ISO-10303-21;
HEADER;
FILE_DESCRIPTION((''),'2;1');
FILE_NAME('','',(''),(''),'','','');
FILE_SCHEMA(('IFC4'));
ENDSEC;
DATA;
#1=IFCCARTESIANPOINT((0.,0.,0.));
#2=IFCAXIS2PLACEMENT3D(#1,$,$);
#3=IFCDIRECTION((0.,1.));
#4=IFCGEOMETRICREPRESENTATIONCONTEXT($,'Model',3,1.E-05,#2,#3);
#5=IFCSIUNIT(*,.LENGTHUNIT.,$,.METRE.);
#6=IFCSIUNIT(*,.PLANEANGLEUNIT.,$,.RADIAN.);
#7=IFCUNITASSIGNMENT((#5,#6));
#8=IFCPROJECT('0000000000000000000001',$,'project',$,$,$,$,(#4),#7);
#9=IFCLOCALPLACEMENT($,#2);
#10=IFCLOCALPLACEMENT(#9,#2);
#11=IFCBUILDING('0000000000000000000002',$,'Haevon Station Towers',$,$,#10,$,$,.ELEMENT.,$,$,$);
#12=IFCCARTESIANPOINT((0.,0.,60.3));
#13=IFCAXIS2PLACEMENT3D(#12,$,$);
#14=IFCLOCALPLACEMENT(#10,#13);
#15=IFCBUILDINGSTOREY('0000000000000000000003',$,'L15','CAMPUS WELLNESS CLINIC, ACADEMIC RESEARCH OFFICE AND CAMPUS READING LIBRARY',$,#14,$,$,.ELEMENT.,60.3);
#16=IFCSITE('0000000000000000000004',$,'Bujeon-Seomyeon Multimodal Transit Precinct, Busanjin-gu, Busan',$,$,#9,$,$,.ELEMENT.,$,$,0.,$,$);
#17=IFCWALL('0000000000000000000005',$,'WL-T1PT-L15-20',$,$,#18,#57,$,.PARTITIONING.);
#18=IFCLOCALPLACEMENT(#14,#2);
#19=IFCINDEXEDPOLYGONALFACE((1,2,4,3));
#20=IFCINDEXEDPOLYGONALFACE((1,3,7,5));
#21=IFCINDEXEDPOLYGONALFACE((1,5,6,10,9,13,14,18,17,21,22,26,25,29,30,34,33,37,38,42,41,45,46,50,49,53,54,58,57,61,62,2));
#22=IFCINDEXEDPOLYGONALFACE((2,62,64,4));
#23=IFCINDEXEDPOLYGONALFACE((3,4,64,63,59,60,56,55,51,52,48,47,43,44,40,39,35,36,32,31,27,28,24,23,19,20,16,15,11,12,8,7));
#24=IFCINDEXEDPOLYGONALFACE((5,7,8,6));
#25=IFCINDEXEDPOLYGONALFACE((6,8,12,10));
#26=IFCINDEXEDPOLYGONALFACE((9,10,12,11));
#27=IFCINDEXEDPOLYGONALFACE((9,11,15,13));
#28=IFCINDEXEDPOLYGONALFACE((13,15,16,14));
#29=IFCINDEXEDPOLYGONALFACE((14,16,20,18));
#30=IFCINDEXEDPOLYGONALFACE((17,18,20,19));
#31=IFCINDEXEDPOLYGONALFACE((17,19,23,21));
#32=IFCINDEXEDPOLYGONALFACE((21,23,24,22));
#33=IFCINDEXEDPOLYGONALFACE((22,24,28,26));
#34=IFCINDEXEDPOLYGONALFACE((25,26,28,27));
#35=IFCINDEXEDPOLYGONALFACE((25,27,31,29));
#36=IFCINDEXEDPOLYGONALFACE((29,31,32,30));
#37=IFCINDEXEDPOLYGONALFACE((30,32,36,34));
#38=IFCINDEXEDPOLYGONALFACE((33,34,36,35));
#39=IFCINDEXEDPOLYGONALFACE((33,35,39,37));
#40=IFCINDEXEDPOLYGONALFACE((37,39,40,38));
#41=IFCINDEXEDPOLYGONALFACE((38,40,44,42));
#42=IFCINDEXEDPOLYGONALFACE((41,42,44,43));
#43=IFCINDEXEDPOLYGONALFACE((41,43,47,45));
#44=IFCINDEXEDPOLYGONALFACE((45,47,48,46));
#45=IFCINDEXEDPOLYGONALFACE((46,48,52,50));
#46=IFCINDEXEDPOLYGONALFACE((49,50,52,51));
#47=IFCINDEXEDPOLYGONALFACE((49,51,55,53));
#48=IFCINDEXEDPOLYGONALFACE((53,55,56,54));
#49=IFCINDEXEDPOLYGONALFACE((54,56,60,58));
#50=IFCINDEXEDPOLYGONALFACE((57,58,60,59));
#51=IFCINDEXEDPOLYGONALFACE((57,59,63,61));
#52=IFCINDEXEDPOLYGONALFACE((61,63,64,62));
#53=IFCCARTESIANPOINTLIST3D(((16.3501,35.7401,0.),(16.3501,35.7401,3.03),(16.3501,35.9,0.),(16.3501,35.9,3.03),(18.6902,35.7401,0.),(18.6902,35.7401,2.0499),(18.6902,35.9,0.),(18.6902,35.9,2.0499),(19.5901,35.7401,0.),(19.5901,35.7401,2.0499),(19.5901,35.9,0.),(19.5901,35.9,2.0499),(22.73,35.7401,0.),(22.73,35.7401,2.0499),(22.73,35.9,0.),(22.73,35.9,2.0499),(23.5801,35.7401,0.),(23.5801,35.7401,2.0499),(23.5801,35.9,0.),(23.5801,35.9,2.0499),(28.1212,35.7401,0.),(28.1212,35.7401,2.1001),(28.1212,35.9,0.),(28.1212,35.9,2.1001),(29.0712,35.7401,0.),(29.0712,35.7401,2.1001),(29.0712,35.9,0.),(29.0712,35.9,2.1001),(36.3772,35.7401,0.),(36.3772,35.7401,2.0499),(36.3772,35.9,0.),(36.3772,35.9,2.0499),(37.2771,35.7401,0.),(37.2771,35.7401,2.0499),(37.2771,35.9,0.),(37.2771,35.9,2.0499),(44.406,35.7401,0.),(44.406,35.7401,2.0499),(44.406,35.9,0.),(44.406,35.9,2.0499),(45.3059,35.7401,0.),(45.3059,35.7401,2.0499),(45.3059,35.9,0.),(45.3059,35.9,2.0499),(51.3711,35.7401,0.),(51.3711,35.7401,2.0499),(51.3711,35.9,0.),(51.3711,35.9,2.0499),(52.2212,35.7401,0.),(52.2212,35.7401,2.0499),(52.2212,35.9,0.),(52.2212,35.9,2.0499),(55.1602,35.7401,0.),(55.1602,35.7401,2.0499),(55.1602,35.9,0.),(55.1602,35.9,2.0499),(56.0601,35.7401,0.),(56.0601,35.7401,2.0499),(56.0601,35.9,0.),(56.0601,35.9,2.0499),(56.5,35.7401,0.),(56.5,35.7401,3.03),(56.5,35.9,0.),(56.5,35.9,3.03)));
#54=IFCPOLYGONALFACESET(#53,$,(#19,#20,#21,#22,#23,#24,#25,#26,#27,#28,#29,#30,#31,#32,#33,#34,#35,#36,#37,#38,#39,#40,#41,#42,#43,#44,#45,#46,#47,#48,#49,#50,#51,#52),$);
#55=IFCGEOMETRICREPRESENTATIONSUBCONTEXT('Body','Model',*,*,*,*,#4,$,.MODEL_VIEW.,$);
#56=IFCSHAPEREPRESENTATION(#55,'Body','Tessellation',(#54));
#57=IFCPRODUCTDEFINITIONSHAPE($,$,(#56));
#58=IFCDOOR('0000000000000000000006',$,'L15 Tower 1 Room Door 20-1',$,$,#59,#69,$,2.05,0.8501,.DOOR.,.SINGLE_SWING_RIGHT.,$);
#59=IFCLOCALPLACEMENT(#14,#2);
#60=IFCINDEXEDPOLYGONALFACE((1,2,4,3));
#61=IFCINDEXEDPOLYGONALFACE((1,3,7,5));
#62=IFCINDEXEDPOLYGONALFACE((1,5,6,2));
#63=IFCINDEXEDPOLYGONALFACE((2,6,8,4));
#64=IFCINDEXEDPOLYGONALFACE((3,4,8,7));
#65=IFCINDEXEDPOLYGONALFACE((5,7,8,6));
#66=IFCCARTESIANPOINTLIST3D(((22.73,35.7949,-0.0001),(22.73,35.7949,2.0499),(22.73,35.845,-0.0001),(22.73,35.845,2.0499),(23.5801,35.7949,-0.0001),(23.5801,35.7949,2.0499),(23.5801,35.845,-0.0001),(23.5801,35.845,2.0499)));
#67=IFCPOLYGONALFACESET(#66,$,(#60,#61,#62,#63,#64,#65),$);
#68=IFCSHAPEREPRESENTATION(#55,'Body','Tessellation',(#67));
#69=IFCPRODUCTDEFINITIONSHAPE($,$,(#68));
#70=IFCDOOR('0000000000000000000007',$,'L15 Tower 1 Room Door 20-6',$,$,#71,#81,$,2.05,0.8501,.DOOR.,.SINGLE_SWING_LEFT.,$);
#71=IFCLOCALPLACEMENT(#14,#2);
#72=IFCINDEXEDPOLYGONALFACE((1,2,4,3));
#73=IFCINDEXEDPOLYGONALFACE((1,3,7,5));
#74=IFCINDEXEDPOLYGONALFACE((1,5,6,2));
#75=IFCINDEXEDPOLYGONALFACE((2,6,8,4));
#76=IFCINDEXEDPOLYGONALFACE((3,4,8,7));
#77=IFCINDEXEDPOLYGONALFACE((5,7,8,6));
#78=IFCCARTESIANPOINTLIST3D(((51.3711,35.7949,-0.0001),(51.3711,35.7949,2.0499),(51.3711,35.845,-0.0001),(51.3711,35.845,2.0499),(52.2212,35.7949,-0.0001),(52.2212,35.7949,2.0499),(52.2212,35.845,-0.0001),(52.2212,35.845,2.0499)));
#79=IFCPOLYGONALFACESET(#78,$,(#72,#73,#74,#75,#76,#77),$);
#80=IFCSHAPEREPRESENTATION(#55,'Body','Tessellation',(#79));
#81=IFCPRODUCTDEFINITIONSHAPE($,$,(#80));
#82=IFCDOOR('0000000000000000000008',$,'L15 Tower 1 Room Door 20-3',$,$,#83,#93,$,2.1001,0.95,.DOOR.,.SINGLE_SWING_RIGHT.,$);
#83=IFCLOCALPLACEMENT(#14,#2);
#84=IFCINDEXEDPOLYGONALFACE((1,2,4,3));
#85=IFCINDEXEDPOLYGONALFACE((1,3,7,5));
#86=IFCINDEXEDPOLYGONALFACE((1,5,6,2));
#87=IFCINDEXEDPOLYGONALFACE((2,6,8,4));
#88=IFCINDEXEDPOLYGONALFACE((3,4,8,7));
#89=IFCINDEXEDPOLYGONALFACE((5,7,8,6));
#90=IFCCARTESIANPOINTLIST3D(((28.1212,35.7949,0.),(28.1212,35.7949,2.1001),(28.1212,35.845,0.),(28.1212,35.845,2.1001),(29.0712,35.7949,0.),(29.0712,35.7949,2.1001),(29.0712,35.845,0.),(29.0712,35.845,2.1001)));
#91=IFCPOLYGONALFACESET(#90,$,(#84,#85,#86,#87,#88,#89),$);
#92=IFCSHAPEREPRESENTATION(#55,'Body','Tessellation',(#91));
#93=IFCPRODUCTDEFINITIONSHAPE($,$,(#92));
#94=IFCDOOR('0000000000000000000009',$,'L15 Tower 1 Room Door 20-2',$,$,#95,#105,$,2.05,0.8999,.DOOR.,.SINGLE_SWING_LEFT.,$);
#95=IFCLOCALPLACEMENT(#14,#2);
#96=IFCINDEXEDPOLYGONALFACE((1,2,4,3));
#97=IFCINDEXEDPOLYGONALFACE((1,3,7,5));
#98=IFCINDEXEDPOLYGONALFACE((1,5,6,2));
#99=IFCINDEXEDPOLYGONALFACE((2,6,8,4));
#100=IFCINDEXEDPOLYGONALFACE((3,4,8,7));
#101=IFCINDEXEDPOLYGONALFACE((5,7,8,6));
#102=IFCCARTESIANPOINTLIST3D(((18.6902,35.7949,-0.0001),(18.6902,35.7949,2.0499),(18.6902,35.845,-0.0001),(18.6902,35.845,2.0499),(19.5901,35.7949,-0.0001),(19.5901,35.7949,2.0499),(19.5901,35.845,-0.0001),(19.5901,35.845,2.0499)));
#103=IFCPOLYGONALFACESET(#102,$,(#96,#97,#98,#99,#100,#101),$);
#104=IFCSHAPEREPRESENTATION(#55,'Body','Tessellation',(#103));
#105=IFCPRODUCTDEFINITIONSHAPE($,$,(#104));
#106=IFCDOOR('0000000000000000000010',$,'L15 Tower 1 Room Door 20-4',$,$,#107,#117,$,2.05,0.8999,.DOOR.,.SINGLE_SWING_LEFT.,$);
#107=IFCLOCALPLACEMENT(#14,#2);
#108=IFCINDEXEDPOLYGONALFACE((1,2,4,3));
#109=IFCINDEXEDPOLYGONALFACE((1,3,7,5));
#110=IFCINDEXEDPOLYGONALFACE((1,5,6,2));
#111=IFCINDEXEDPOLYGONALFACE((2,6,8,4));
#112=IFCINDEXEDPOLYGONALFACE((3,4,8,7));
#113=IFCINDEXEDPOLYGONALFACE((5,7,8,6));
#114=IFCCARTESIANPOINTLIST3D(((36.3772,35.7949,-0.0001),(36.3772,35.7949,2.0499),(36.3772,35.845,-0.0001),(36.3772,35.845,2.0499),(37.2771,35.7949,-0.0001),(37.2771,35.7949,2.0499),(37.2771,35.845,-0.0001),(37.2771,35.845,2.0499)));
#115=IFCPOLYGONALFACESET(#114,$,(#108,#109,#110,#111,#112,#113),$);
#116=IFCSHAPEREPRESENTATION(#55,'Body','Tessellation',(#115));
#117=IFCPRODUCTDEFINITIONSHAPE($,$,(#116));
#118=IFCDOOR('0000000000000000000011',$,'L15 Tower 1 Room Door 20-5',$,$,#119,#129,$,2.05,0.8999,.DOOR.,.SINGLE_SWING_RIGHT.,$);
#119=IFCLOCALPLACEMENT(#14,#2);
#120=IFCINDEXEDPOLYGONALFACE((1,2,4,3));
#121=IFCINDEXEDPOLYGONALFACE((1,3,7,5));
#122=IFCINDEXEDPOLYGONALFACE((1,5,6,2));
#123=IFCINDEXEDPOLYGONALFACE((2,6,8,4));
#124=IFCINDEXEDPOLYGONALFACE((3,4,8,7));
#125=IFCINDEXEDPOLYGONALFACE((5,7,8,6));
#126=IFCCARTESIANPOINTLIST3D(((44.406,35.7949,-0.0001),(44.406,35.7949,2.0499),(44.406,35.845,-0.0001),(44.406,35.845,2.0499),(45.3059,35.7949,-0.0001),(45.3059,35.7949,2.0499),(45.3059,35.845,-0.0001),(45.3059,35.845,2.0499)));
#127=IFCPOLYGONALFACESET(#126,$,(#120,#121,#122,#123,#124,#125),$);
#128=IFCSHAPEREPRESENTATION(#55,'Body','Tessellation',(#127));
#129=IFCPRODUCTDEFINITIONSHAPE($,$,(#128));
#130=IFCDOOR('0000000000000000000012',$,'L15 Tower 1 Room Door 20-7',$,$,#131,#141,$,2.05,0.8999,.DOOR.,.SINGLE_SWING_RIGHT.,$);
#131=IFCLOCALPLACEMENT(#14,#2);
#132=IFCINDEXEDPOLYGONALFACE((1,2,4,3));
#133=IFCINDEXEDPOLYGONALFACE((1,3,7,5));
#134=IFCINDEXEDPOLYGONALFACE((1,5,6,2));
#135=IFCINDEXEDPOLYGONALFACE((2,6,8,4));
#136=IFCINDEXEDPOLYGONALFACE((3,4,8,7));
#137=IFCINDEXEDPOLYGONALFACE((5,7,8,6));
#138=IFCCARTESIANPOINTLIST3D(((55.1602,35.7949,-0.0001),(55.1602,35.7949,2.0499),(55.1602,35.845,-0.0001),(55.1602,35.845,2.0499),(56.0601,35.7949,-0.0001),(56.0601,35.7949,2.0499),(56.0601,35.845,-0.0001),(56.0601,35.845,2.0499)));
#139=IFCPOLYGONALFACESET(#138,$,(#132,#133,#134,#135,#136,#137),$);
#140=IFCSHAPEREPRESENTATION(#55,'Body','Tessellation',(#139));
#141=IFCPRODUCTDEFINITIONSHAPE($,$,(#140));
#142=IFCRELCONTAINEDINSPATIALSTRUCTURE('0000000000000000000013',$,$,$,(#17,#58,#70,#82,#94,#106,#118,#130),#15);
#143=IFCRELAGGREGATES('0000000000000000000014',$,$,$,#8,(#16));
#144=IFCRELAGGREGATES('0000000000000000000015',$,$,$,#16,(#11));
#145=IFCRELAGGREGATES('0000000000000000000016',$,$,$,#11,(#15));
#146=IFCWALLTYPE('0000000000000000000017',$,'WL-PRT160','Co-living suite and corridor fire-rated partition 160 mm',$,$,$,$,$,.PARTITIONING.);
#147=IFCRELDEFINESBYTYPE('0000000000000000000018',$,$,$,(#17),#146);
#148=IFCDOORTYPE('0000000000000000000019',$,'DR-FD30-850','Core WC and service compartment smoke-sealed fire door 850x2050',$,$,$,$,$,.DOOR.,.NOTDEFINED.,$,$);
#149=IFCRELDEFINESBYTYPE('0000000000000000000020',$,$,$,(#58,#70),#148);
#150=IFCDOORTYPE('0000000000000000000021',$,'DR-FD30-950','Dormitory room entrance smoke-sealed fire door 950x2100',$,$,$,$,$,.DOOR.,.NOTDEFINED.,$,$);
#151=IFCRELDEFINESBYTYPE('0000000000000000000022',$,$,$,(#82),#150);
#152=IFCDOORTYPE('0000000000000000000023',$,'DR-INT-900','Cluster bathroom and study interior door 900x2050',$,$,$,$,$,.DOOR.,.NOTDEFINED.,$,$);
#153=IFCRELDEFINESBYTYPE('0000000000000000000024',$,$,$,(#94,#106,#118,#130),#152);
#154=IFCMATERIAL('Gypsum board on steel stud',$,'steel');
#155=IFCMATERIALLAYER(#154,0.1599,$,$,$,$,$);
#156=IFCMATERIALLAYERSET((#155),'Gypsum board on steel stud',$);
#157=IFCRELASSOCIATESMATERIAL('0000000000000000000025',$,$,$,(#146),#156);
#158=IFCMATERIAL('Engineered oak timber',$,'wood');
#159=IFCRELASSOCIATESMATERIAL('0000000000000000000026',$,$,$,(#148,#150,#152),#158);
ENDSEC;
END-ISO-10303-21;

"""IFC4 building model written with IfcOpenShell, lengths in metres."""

from ifc_helpers import new_model, si_unit, direction, frame, frame_2d, origin, place, context, subcontext, project, spatial, rectangle, extrude, material, layer, layer_set, type_object, element, fill, save


model = new_model("IFC4")

# Units and contexts
model_context = context("Model", 3, precision=1e-05, world=origin(), true_north=direction((0.0, 1.0)))
body_context = subcontext(model_context, "Body", "Model", "MODEL_VIEW")
ifc_project = project(units=[si_unit("LENGTHUNIT", "METRE"), si_unit("PLANEANGLEUNIT", "RADIAN")], contexts=[model_context])

# Site, building, storey
site_placement = place(None, origin())
site = spatial("IfcSite", under=ifc_project, at=site_placement, Name="Bujeon-Seomyeon Multimodal Transit Precinct, Busanjin-gu, Busan", CompositionType="ELEMENT", RefElevation=0.0)
building_placement = place(site_placement, origin())
building = spatial("IfcBuilding", under=site, at=building_placement, Name="Haevon Station Towers", CompositionType="ELEMENT")
storey_placement = place(building_placement, frame((0.0, 0.0, 60.3)))
storey = spatial("IfcBuildingStorey", under=building, at=storey_placement, Name="L15", Description="CAMPUS WELLNESS CLINIC, ACADEMIC RESEARCH OFFICE AND CAMPUS READING LIBRARY", CompositionType="ELEMENT", Elevation=60.3)

# Shared definitions
ifc_material_1 = material(Name="Gypsum board on steel stud", Category="steel")
ifc_layer_1 = layer(ifc_material_1, 0.1599)
ifc_layer_set_1 = layer_set([ifc_layer_1], Name="Gypsum board on steel stud")
wall_type_1 = type_object("IfcWallType", Name="WL-PRT160", Description="Co-living suite and corridor fire-rated partition 160 mm", PredefinedType="PARTITIONING", material=ifc_layer_set_1)

# Wall, openings, doors
wall_1_placement = place(storey_placement, frame((16.3501, 35.8201, 0.0), z_axis=(0.0, 0.0, 1.0), x_axis=(1.0, 0.0, 0.0)))
wall_1 = element("IfcWall", 1, at=wall_1_placement, inside=storey, type_object=wall_type_1, Name="WL-T1PT-L15-20", PredefinedType="PARTITIONING", context=body_context, shape_type="SweptSolid", body=[
    extrude(rectangle(XDim=40.1499, YDim=0.1599, at=frame_2d((20.075, 0.0))), origin(), (0.0, 0.0, 1.0), 3.03),
])
opening_1_placement = place(wall_1_placement, frame((6.3799, 0.0, 0.0)))
opening_1 = element("IfcOpeningElement", 2, at=opening_1_placement, cuts=wall_1, PredefinedType="OPENING", context=body_context, shape_type="SweptSolid", body=[
    extrude(rectangle(XDim=0.8501, YDim=2.05, at=frame_2d((0.425, 1.0249))), frame((0.0, 0.0898, 0.0), z_axis=(0.0, -1.0, 0.0), x_axis=(1.0, 0.0, 0.0)), (0.0, 0.0, 1.0), 0.1799),
])
opening_2_placement = place(wall_1_placement, frame((2.3401, 0.0, 0.0)))
opening_2 = element("IfcOpeningElement", 3, at=opening_2_placement, cuts=wall_1, PredefinedType="OPENING", context=body_context, shape_type="SweptSolid", body=[
    extrude(rectangle(XDim=0.8999, YDim=2.05, at=frame_2d((0.45, 1.0249))), frame((0.0, 0.0898, 0.0), z_axis=(0.0, -1.0, 0.0), x_axis=(1.0, 0.0, 0.0)), (0.0, 0.0, 1.0), 0.1799),
])
opening_3_placement = place(wall_1_placement, frame((11.771, 0.0, 0.0)))
opening_3 = element("IfcOpeningElement", 4, at=opening_3_placement, cuts=wall_1, PredefinedType="OPENING", context=body_context, shape_type="SweptSolid", body=[
    extrude(rectangle(XDim=0.95, YDim=2.1001, at=frame_2d((0.4751, 1.05))), frame((0.0, 0.0898, 0.0), z_axis=(0.0, -1.0, 0.0), x_axis=(1.0, 0.0, 0.0)), (0.0, 0.0, 1.0), 0.1799),
])
opening_4_placement = place(wall_1_placement, frame((20.0271, 0.0, 0.0)))
opening_4 = element("IfcOpeningElement", 5, at=opening_4_placement, cuts=wall_1, PredefinedType="OPENING", context=body_context, shape_type="SweptSolid", body=[
    extrude(rectangle(XDim=0.8999, YDim=2.05, at=frame_2d((0.45, 1.0249))), frame((0.0, 0.0898, 0.0), z_axis=(0.0, -1.0, 0.0), x_axis=(1.0, 0.0, 0.0)), (0.0, 0.0, 1.0), 0.1799),
])
opening_5_placement = place(wall_1_placement, frame((28.0559, 0.0, 0.0)))
opening_5 = element("IfcOpeningElement", 6, at=opening_5_placement, cuts=wall_1, PredefinedType="OPENING", context=body_context, shape_type="SweptSolid", body=[
    extrude(rectangle(XDim=0.8999, YDim=2.05, at=frame_2d((0.45, 1.0249))), frame((0.0, 0.0898, 0.0), z_axis=(0.0, -1.0, 0.0), x_axis=(1.0, 0.0, 0.0)), (0.0, 0.0, 1.0), 0.1799),
])
opening_6_placement = place(wall_1_placement, frame((35.021, 0.0, 0.0)))
opening_6 = element("IfcOpeningElement", 7, at=opening_6_placement, cuts=wall_1, PredefinedType="OPENING", context=body_context, shape_type="SweptSolid", body=[
    extrude(rectangle(XDim=0.8501, YDim=2.05, at=frame_2d((0.425, 1.0249))), frame((0.0, 0.0898, 0.0), z_axis=(0.0, -1.0, 0.0), x_axis=(1.0, 0.0, 0.0)), (0.0, 0.0, 1.0), 0.1799),
])
opening_7_placement = place(wall_1_placement, frame((38.8101, 0.0, 0.0)))
opening_7 = element("IfcOpeningElement", 8, at=opening_7_placement, cuts=wall_1, PredefinedType="OPENING", context=body_context, shape_type="SweptSolid", body=[
    extrude(rectangle(XDim=0.8999, YDim=2.05, at=frame_2d((0.45, 1.0249))), frame((0.0, 0.0898, 0.0), z_axis=(0.0, -1.0, 0.0), x_axis=(1.0, 0.0, 0.0)), (0.0, 0.0, 1.0), 0.1799),
])
ifc_material_2 = material(Name="Engineered oak timber", Category="wood")
door_type_1 = type_object("IfcDoorType", Name="DR-FD30-850", Description="Core WC and service compartment smoke-sealed fire door 850x2050", OperationType="NOTDEFINED", PredefinedType="DOOR", material=ifc_material_2)
door_1_placement = place(opening_1_placement, origin())
door_1 = element("IfcDoor", 9, at=door_1_placement, inside=storey, type_object=door_type_1, Name="L15 Tower 1 Room Door 20-1", OperationType="SINGLE_SWING_RIGHT", OverallHeight=2.05, OverallWidth=0.8501, PredefinedType="DOOR", context=body_context, shape_type="SweptSolid", body=[
    extrude(rectangle(XDim=0.8501, YDim=2.05, at=frame_2d((0.425, 1.0249))), frame((0.0, 0.0249, 0.0), z_axis=(0.0, -1.0, 0.0), x_axis=(1.0, 0.0, 0.0)), (0.0, 0.0, 1.0), 0.05),
])
fill(opening_1, door_1)
door_2_placement = place(opening_6_placement, origin())
door_2 = element("IfcDoor", 10, at=door_2_placement, inside=storey, type_object=door_type_1, Name="L15 Tower 1 Room Door 20-6", OperationType="SINGLE_SWING_LEFT", OverallHeight=2.05, OverallWidth=0.8501, PredefinedType="DOOR", context=body_context, shape_type="SweptSolid", body=[
    extrude(rectangle(XDim=0.8501, YDim=2.05, at=frame_2d((0.425, 1.0249))), frame((0.0, 0.0249, 0.0), z_axis=(0.0, -1.0, 0.0), x_axis=(1.0, 0.0, 0.0)), (0.0, 0.0, 1.0), 0.05),
])
fill(opening_6, door_2)
door_type_2 = type_object("IfcDoorType", Name="DR-FD30-950", Description="Dormitory room entrance smoke-sealed fire door 950x2100", OperationType="NOTDEFINED", PredefinedType="DOOR", material=ifc_material_2)
door_3_placement = place(opening_3_placement, origin())
door_3 = element("IfcDoor", 11, at=door_3_placement, inside=storey, type_object=door_type_2, Name="L15 Tower 1 Room Door 20-3", OperationType="SINGLE_SWING_RIGHT", OverallHeight=2.1001, OverallWidth=0.95, PredefinedType="DOOR", context=body_context, shape_type="SweptSolid", body=[
    extrude(rectangle(XDim=0.95, YDim=2.1001, at=frame_2d((0.4751, 1.05))), frame((0.0, 0.0249, 0.0), z_axis=(0.0, -1.0, 0.0), x_axis=(1.0, 0.0, 0.0)), (0.0, 0.0, 1.0), 0.05),
])
fill(opening_3, door_3)
door_type_3 = type_object("IfcDoorType", Name="DR-INT-900", Description="Cluster bathroom and study interior door 900x2050", OperationType="NOTDEFINED", PredefinedType="DOOR", material=ifc_material_2)
door_4_placement = place(opening_2_placement, origin())
door_4 = element("IfcDoor", 12, at=door_4_placement, inside=storey, type_object=door_type_3, Name="L15 Tower 1 Room Door 20-2", OperationType="SINGLE_SWING_LEFT", OverallHeight=2.05, OverallWidth=0.8999, PredefinedType="DOOR", context=body_context, shape_type="SweptSolid", body=[
    extrude(rectangle(XDim=0.8999, YDim=2.05, at=frame_2d((0.45, 1.0249))), frame((0.0, 0.0249, 0.0), z_axis=(0.0, -1.0, 0.0), x_axis=(1.0, 0.0, 0.0)), (0.0, 0.0, 1.0), 0.05),
])
fill(opening_2, door_4)
door_5_placement = place(opening_4_placement, origin())
door_5 = element("IfcDoor", 13, at=door_5_placement, inside=storey, type_object=door_type_3, Name="L15 Tower 1 Room Door 20-4", OperationType="SINGLE_SWING_LEFT", OverallHeight=2.05, OverallWidth=0.8999, PredefinedType="DOOR", context=body_context, shape_type="SweptSolid", body=[
    extrude(rectangle(XDim=0.8999, YDim=2.05, at=frame_2d((0.45, 1.0249))), frame((0.0, 0.0249, 0.0), z_axis=(0.0, -1.0, 0.0), x_axis=(1.0, 0.0, 0.0)), (0.0, 0.0, 1.0), 0.05),
])
fill(opening_4, door_5)
door_6_placement = place(opening_5_placement, origin())
door_6 = element("IfcDoor", 14, at=door_6_placement, inside=storey, type_object=door_type_3, Name="L15 Tower 1 Room Door 20-5", OperationType="SINGLE_SWING_RIGHT", OverallHeight=2.05, OverallWidth=0.8999, PredefinedType="DOOR", context=body_context, shape_type="SweptSolid", body=[
    extrude(rectangle(XDim=0.8999, YDim=2.05, at=frame_2d((0.45, 1.0249))), frame((0.0, 0.0249, 0.0), z_axis=(0.0, -1.0, 0.0), x_axis=(1.0, 0.0, 0.0)), (0.0, 0.0, 1.0), 0.05),
])
fill(opening_5, door_6)
door_7_placement = place(opening_7_placement, origin())
door_7 = element("IfcDoor", 15, at=door_7_placement, inside=storey, type_object=door_type_3, Name="L15 Tower 1 Room Door 20-7", OperationType="SINGLE_SWING_RIGHT", OverallHeight=2.05, OverallWidth=0.8999, PredefinedType="DOOR", context=body_context, shape_type="SweptSolid", body=[
    extrude(rectangle(XDim=0.8999, YDim=2.05, at=frame_2d((0.45, 1.0249))), frame((0.0, 0.0249, 0.0), z_axis=(0.0, -1.0, 0.0), x_axis=(1.0, 0.0, 0.0)), (0.0, 0.0, 1.0), 0.05),
])
fill(opening_7, door_7)

save(model, "model.ifc")
